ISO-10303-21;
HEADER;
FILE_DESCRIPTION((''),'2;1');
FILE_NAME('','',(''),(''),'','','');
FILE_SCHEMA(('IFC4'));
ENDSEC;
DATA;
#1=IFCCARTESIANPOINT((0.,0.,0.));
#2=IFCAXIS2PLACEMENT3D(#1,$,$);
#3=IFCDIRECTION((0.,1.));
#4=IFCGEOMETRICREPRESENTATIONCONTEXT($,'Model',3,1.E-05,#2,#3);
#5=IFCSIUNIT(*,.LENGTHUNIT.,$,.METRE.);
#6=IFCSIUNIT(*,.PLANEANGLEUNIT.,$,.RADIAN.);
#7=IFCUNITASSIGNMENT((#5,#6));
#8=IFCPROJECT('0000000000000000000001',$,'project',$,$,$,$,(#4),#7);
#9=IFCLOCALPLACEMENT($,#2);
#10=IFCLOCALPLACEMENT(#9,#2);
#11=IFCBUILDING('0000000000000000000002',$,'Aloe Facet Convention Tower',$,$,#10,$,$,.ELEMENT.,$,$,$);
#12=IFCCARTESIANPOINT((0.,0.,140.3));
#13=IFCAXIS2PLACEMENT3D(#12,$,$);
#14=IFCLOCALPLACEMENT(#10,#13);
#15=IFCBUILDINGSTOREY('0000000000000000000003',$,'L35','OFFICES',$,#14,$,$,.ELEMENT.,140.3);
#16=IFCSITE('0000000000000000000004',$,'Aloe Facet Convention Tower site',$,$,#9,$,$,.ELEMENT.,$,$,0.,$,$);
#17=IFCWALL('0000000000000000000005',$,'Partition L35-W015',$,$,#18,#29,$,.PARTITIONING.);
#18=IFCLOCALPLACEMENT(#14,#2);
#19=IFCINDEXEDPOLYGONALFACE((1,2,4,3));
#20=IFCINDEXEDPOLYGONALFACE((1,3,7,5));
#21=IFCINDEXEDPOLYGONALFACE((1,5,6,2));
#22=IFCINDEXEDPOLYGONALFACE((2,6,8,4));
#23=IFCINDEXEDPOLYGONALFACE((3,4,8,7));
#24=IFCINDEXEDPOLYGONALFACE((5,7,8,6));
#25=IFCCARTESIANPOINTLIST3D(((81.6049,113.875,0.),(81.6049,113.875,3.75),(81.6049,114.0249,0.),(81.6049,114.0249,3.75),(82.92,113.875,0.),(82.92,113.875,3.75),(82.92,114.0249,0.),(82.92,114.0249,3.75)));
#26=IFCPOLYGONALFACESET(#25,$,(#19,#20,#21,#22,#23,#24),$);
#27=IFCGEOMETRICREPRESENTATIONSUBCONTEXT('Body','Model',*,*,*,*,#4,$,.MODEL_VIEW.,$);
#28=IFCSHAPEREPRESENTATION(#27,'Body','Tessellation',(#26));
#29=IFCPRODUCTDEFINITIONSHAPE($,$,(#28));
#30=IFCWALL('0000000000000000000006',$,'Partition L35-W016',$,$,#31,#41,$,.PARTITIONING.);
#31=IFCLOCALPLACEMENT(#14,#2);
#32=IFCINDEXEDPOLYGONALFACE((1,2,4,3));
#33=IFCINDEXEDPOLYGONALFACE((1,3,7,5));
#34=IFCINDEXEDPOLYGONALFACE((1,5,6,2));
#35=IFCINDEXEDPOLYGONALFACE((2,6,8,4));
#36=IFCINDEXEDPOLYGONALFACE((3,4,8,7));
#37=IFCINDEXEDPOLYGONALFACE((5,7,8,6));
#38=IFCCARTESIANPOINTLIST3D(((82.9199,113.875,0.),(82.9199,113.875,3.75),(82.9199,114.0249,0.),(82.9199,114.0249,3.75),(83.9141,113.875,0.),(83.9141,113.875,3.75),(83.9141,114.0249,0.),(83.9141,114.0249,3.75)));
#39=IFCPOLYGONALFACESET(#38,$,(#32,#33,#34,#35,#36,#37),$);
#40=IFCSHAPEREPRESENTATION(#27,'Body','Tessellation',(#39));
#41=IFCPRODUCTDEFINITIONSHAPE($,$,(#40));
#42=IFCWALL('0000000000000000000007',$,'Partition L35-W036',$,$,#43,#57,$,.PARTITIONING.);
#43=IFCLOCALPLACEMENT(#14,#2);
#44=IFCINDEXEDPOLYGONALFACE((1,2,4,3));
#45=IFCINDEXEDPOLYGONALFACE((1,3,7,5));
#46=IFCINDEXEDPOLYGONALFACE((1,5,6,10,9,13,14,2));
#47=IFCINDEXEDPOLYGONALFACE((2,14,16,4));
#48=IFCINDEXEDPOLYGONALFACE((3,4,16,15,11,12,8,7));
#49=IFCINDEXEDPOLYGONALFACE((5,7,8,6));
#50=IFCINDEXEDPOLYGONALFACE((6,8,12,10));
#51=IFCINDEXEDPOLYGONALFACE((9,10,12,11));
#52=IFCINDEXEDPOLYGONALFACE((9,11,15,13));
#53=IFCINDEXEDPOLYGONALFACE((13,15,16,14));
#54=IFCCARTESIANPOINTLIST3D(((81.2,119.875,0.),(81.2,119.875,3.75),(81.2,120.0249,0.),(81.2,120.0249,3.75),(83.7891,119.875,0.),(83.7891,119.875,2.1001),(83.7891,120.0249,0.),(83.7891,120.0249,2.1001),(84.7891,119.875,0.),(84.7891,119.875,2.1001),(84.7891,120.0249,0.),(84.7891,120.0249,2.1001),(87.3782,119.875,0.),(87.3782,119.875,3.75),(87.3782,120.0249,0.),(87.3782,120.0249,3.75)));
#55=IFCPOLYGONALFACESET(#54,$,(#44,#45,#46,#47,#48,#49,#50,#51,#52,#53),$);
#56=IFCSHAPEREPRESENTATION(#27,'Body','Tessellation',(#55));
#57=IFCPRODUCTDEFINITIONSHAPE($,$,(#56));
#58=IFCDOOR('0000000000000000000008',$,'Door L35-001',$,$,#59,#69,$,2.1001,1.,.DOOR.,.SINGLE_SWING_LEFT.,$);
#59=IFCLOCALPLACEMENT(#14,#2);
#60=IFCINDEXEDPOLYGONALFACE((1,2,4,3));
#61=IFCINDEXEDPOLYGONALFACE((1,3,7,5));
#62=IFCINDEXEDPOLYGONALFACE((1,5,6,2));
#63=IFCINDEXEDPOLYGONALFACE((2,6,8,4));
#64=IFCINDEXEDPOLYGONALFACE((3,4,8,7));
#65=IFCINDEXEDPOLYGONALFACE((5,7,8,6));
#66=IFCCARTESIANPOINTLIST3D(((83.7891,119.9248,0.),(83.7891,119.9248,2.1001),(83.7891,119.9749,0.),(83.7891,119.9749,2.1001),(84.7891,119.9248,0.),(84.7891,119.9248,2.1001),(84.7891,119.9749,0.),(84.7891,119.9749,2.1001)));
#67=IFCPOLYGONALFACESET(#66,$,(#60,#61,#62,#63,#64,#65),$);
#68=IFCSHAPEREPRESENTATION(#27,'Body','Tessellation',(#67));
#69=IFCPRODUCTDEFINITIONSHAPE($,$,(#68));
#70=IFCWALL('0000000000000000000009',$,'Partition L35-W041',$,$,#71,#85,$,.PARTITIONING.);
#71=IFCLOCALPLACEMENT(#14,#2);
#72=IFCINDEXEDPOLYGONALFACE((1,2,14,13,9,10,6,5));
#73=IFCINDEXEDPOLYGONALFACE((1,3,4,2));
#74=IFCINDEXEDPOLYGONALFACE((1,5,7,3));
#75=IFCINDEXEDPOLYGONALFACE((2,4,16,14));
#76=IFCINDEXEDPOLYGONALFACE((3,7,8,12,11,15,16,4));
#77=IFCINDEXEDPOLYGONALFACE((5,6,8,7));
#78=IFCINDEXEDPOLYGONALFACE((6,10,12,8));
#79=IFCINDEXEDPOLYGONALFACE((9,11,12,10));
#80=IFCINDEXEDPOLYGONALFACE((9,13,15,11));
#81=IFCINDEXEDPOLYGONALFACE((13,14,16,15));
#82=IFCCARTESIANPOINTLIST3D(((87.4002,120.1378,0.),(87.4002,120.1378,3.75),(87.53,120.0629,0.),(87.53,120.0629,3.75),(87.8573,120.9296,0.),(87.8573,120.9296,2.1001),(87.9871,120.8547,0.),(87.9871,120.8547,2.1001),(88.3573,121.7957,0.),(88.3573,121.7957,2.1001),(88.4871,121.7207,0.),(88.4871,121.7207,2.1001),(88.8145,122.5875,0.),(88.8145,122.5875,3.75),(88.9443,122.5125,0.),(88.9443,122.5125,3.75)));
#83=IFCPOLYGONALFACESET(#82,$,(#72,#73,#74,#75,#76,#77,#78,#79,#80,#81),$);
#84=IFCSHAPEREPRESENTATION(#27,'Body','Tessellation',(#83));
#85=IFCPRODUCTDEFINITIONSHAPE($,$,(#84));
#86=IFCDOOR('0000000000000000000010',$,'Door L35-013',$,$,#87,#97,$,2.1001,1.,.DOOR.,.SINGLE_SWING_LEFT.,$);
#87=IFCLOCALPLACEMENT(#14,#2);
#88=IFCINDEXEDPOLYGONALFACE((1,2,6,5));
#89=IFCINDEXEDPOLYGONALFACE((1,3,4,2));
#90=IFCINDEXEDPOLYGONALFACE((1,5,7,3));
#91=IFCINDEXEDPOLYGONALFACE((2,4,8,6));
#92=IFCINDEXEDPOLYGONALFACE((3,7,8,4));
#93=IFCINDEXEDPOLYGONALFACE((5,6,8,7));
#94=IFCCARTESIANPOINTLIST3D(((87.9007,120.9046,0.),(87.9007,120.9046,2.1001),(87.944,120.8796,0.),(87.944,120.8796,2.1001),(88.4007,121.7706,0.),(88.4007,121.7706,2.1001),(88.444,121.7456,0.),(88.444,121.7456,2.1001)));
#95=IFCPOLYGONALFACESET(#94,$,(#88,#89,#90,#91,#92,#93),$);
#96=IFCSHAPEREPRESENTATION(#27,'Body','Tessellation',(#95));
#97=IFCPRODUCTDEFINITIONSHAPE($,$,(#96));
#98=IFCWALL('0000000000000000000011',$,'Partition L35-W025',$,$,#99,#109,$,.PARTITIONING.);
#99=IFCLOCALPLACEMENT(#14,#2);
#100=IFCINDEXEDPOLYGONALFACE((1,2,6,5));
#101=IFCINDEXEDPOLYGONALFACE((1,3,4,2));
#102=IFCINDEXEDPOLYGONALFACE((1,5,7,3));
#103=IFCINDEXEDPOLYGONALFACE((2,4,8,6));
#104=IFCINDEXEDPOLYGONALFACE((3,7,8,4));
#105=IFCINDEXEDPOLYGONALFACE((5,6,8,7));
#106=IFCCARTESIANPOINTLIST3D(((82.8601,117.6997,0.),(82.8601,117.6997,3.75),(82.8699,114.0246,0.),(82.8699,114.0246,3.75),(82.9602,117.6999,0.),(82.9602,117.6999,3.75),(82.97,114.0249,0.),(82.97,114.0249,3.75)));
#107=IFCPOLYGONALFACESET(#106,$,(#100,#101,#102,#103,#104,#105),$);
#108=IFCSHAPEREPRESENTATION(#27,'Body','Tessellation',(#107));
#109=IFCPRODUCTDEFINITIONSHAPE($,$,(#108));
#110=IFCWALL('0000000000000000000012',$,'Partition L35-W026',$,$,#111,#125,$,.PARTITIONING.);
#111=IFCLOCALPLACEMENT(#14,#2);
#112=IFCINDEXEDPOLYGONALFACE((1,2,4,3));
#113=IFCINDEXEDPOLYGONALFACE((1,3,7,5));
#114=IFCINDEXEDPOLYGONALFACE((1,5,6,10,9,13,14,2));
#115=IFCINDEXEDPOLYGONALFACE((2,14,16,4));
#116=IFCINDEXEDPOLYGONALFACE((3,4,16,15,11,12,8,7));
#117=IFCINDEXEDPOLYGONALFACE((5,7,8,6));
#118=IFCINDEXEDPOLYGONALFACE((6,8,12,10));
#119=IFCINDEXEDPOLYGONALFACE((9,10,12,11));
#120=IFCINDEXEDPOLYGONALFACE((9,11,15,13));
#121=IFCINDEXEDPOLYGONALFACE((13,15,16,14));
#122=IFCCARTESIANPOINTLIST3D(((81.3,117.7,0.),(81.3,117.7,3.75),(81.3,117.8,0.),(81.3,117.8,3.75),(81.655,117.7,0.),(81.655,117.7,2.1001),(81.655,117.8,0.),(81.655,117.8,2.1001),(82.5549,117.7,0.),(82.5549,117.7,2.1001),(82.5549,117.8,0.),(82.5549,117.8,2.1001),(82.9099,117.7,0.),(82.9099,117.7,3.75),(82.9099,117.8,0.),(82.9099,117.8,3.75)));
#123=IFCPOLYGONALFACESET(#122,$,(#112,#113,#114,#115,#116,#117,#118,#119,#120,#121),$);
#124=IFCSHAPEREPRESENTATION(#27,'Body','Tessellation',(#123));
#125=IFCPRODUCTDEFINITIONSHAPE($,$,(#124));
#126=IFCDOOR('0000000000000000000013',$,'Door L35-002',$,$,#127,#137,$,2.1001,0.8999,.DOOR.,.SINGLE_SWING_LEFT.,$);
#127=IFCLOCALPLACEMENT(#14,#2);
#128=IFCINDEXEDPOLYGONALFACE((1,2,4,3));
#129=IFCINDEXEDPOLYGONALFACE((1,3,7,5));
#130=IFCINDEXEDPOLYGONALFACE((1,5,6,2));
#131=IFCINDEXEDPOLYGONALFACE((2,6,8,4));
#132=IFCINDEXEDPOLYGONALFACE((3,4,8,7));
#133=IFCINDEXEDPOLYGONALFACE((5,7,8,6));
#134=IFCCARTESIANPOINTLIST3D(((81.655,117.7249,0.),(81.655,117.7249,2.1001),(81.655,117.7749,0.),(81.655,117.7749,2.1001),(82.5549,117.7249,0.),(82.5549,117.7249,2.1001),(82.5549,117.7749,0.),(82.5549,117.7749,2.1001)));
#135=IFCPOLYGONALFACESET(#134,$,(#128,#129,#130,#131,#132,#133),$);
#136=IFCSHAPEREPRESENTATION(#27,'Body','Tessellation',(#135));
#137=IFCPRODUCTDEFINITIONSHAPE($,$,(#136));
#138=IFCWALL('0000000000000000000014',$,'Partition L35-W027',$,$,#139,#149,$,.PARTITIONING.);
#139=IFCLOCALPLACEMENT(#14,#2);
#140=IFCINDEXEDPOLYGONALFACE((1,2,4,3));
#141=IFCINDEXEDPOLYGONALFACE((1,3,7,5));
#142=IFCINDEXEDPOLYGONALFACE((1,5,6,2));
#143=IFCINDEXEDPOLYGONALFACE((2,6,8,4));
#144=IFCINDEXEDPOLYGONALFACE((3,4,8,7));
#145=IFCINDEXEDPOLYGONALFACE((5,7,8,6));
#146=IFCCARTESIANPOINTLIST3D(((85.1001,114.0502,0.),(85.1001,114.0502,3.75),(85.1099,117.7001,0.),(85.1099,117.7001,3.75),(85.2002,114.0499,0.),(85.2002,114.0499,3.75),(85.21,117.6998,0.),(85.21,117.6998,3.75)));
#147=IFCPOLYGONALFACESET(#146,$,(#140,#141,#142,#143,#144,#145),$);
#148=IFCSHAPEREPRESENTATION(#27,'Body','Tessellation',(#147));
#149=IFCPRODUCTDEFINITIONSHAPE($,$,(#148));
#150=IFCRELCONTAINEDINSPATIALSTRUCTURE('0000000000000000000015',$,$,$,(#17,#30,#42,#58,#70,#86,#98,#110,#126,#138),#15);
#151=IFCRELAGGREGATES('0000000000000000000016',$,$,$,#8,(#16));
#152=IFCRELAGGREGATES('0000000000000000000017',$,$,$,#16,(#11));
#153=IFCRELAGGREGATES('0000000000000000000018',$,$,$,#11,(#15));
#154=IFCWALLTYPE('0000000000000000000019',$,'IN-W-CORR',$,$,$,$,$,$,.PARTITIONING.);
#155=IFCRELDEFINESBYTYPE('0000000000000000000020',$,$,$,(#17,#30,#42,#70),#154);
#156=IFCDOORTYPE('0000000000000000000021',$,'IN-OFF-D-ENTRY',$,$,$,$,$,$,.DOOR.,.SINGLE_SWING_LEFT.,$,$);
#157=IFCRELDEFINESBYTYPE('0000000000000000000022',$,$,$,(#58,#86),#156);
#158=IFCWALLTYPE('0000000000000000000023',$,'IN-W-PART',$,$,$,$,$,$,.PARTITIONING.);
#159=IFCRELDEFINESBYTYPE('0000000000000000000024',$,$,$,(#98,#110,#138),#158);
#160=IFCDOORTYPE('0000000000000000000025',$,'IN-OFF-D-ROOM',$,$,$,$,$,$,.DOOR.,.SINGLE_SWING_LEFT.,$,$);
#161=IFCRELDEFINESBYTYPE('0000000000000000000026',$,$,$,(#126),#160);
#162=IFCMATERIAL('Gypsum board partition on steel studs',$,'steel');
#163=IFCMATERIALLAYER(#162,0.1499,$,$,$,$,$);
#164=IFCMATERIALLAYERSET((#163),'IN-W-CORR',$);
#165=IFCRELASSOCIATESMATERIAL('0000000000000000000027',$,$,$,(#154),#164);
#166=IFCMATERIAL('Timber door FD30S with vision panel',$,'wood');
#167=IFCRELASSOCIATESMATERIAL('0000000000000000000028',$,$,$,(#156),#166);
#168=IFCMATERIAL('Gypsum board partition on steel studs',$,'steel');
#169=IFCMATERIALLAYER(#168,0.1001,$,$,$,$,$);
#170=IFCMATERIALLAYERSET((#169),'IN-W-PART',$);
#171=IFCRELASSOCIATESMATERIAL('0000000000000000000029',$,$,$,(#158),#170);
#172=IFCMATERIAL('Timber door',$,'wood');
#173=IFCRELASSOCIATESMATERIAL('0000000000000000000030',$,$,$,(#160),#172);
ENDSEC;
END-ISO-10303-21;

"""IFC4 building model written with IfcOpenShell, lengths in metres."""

from ifc_helpers import new_model, si_unit, direction, frame, frame_2d, origin, place, context, subcontext, project, spatial, rectangle, extrude, material, layer, layer_set, type_object, element, fill, save


model = new_model("IFC4")

# Units and contexts
model_context = context("Model", 3, precision=1e-05, world=origin(), true_north=direction((0.0, 1.0)))
body_context = subcontext(model_context, "Body", "Model", "MODEL_VIEW")
ifc_project = project(units=[si_unit("LENGTHUNIT", "METRE"), si_unit("PLANEANGLEUNIT", "RADIAN")], contexts=[model_context])

# Site, building, storey
site_placement = place(None, origin())
site = spatial("IfcSite", under=ifc_project, at=site_placement, Name="Aloe Facet Convention Tower site", CompositionType="ELEMENT", RefElevation=0.0)
building_placement = place(site_placement, origin())
building = spatial("IfcBuilding", under=site, at=building_placement, Name="Aloe Facet Convention Tower", CompositionType="ELEMENT")
storey_placement = place(building_placement, frame((0.0, 0.0, 140.3)))
storey = spatial("IfcBuildingStorey", under=building, at=storey_placement, Name="L35", Description="OFFICES", CompositionType="ELEMENT", Elevation=140.3)

# Walls
ifc_material_1 = material(Name="Gypsum board partition on steel studs", Category="steel")
ifc_layer_1 = layer(ifc_material_1, 0.1499)
ifc_layer_set_1 = layer_set([ifc_layer_1], Name="IN-W-CORR")
wall_type_1 = type_object("IfcWallType", Name="IN-W-CORR", PredefinedType="PARTITIONING", material=ifc_layer_set_1)
wall_1_placement = place(storey_placement, frame((81.6047, 113.95, 0.0), z_axis=(0.0, 0.0, 1.0), x_axis=(1.0, 0.0, 0.0)))
element("IfcWall", 1, at=wall_1_placement, inside=storey, type_object=wall_type_1, Name="Partition L35-W015", PredefinedType="PARTITIONING", context=body_context, shape_type="SweptSolid", body=[
    extrude(rectangle(XDim=1.3152, YDim=0.1499, at=frame_2d((0.6577, 0.0))), origin(), (0.0, 0.0, 1.0), 3.75),
])
wall_2_placement = place(storey_placement, frame((82.9199, 113.95, 0.0), z_axis=(0.0, 0.0, 1.0), x_axis=(1.0, 0.0, 0.0)))
element("IfcWall", 2, at=wall_2_placement, inside=storey, type_object=wall_type_1, Name="Partition L35-W016", PredefinedType="PARTITIONING", context=body_context, shape_type="SweptSolid", body=[
    extrude(rectangle(XDim=0.9941, YDim=0.1499, at=frame_2d((0.4971, 0.0))), origin(), (0.0, 0.0, 1.0), 3.75),
])

# Walls, openings, doors
wall_3_placement = place(storey_placement, frame((81.2, 119.95, 0.0), z_axis=(0.0, 0.0, 1.0), x_axis=(1.0, 0.0, 0.0)))
wall_3 = element("IfcWall", 3, at=wall_3_placement, inside=storey, type_object=wall_type_1, Name="Partition L35-W036", PredefinedType="PARTITIONING", context=body_context, shape_type="SweptSolid", body=[
    extrude(rectangle(XDim=6.1782, YDim=0.1499, at=frame_2d((3.0891, 0.0))), origin(), (0.0, 0.0, 1.0), 3.75),
])
opening_1_placement = place(wall_3_placement, frame((2.5891, 0.0, 0.0)))
opening_1 = element("IfcOpeningElement", 4, at=opening_1_placement, cuts=wall_3, PredefinedType="OPENING", context=body_context, shape_type="SweptSolid", body=[
    extrude(rectangle(XDim=1.0, YDim=2.1001, at=frame_2d((0.5, 1.05))), frame((0.0, 0.085, 0.0), z_axis=(0.0, -1.0, 0.0), x_axis=(1.0, 0.0, 0.0)), (0.0, 0.0, 1.0), 0.1699),
])
ifc_material_2 = material(Name="Timber door FD30S with vision panel", Category="wood")
door_type_1 = type_object("IfcDoorType", Name="IN-OFF-D-ENTRY", OperationType="SINGLE_SWING_LEFT", PredefinedType="DOOR", material=ifc_material_2)
door_1_placement = place(opening_1_placement, origin())
door_1 = element("IfcDoor", 5, at=door_1_placement, inside=storey, type_object=door_type_1, Name="Door L35-001", OperationType="SINGLE_SWING_LEFT", OverallHeight=2.1001, OverallWidth=1.0, PredefinedType="DOOR", context=body_context, shape_type="SweptSolid", body=[
    extrude(rectangle(XDim=1.0, YDim=2.1001, at=frame_2d((0.5, 1.05))), frame((0.0, 0.0249, 0.0), z_axis=(0.0, -1.0, 0.0), x_axis=(1.0, 0.0, 0.0)), (0.0, 0.0, 1.0), 0.05),
])
fill(opening_1, door_1)
wall_4_placement = place(storey_placement, frame((87.4651, 120.1003, 0.0), z_axis=(0.0, 0.0, 1.0), x_axis=(0.499991, 0.86603, 0.0)))
wall_4 = element("IfcWall", 6, at=wall_4_placement, inside=storey, type_object=wall_type_1, Name="Partition L35-W041", PredefinedType="PARTITIONING", context=body_context, shape_type="SweptSolid", body=[
    extrude(rectangle(XDim=2.8286, YDim=0.1499, at=frame_2d((1.4143, 0.0))), origin(), (0.0, 0.0, 1.0), 3.75),
])
opening_2_placement = place(wall_4_placement, frame((0.9143, 0.0, 0.0)))
opening_2 = element("IfcOpeningElement", 7, at=opening_2_placement, cuts=wall_4, PredefinedType="OPENING", context=body_context, shape_type="SweptSolid", body=[
    extrude(rectangle(XDim=1.0, YDim=2.1001, at=frame_2d((0.5, 1.05))), frame((0.0, 0.085, 0.0), z_axis=(0.0, -1.0, 0.0), x_axis=(1.0, 0.0, 0.0)), (0.0, 0.0, 1.0), 0.1699),
])
door_2_placement = place(opening_2_placement, origin())
door_2 = element("IfcDoor", 8, at=door_2_placement, inside=storey, type_object=door_type_1, Name="Door L35-013", OperationType="SINGLE_SWING_LEFT", OverallHeight=2.1001, OverallWidth=1.0, PredefinedType="DOOR", context=body_context, shape_type="SweptSolid", body=[
    extrude(rectangle(XDim=1.0, YDim=2.1001, at=frame_2d((0.5, 1.05))), frame((0.0, 0.0249, 0.0), z_axis=(0.0, -1.0, 0.0), x_axis=(1.0, 0.0, 0.0)), (0.0, 0.0, 1.0), 0.05),
])
fill(opening_2, door_2)

# Wall
ifc_material_3 = material(Name="Gypsum board partition on steel studs", Category="steel")
ifc_layer_2 = layer(ifc_material_3, 0.1001)
ifc_layer_set_2 = layer_set([ifc_layer_2], Name="IN-W-PART")
wall_type_2 = type_object("IfcWallType", Name="IN-W-PART", PredefinedType="PARTITIONING", material=ifc_layer_set_2)
wall_5_placement = place(storey_placement, frame((82.9199, 114.0249, 0.0), z_axis=(0.0, 0.0, 1.0), x_axis=(-0.002657, 0.999996, 0.0)))
element("IfcWall", 9, at=wall_5_placement, inside=storey, type_object=wall_type_2, Name="Partition L35-W025", PredefinedType="PARTITIONING", context=body_context, shape_type="SweptSolid", body=[
    extrude(rectangle(XDim=3.675, YDim=0.1001, at=frame_2d((1.8374, 0.0))), origin(), (0.0, 0.0, 1.0), 3.75),
])

# Wall, opening, door
wall_6_placement = place(storey_placement, frame((81.3, 117.75, 0.0), z_axis=(0.0, 0.0, 1.0), x_axis=(1.0, 0.0, 0.0)))
wall_6 = element("IfcWall", 10, at=wall_6_placement, inside=storey, type_object=wall_type_2, Name="Partition L35-W026", PredefinedType="PARTITIONING", context=body_context, shape_type="SweptSolid", body=[
    extrude(rectangle(XDim=1.6099, YDim=0.1001, at=frame_2d((0.8049, 0.0))), origin(), (0.0, 0.0, 1.0), 3.75),
])
opening_3_placement = place(wall_6_placement, frame((0.355, 0.0, 0.0)))
opening_3 = element("IfcOpeningElement", 11, at=opening_3_placement, cuts=wall_6, PredefinedType="OPENING", context=body_context, shape_type="SweptSolid", body=[
    extrude(rectangle(XDim=0.8999, YDim=2.1001, at=frame_2d((0.45, 1.05))), frame((0.0, 0.0601, 0.0), z_axis=(0.0, -1.0, 0.0), x_axis=(1.0, 0.0, 0.0)), (0.0, 0.0, 1.0), 0.1201),
])
ifc_material_4 = material(Name="Timber door", Category="wood")
door_type_2 = type_object("IfcDoorType", Name="IN-OFF-D-ROOM", OperationType="SINGLE_SWING_LEFT", PredefinedType="DOOR", material=ifc_material_4)
door_3_placement = place(opening_3_placement, origin())
door_3 = element("IfcDoor", 12, at=door_3_placement, inside=storey, type_object=door_type_2, Name="Door L35-002", OperationType="SINGLE_SWING_LEFT", OverallHeight=2.1001, OverallWidth=0.8999, PredefinedType="DOOR", context=body_context, shape_type="SweptSolid", body=[
    extrude(rectangle(XDim=0.8999, YDim=2.1001, at=frame_2d((0.45, 1.05))), frame((0.0, 0.0249, 0.0), z_axis=(0.0, -1.0, 0.0), x_axis=(1.0, 0.0, 0.0)), (0.0, 0.0, 1.0), 0.05),
])
fill(opening_3, door_3)

# Wall
wall_7_placement = place(storey_placement, frame((85.1501, 114.05, 0.0), z_axis=(0.0, 0.0, 1.0), x_axis=(0.002676, 0.999996, 0.0)))
element("IfcWall", 13, at=wall_7_placement, inside=storey, type_object=wall_type_2, Name="Partition L35-W027", PredefinedType="PARTITIONING", context=body_context, shape_type="SweptSolid", body=[
    extrude(rectangle(XDim=3.6499, YDim=0.1001, at=frame_2d((1.825, 0.0))), origin(), (0.0, 0.0, 1.0), 3.75),
])

save(model, "model.ifc")
